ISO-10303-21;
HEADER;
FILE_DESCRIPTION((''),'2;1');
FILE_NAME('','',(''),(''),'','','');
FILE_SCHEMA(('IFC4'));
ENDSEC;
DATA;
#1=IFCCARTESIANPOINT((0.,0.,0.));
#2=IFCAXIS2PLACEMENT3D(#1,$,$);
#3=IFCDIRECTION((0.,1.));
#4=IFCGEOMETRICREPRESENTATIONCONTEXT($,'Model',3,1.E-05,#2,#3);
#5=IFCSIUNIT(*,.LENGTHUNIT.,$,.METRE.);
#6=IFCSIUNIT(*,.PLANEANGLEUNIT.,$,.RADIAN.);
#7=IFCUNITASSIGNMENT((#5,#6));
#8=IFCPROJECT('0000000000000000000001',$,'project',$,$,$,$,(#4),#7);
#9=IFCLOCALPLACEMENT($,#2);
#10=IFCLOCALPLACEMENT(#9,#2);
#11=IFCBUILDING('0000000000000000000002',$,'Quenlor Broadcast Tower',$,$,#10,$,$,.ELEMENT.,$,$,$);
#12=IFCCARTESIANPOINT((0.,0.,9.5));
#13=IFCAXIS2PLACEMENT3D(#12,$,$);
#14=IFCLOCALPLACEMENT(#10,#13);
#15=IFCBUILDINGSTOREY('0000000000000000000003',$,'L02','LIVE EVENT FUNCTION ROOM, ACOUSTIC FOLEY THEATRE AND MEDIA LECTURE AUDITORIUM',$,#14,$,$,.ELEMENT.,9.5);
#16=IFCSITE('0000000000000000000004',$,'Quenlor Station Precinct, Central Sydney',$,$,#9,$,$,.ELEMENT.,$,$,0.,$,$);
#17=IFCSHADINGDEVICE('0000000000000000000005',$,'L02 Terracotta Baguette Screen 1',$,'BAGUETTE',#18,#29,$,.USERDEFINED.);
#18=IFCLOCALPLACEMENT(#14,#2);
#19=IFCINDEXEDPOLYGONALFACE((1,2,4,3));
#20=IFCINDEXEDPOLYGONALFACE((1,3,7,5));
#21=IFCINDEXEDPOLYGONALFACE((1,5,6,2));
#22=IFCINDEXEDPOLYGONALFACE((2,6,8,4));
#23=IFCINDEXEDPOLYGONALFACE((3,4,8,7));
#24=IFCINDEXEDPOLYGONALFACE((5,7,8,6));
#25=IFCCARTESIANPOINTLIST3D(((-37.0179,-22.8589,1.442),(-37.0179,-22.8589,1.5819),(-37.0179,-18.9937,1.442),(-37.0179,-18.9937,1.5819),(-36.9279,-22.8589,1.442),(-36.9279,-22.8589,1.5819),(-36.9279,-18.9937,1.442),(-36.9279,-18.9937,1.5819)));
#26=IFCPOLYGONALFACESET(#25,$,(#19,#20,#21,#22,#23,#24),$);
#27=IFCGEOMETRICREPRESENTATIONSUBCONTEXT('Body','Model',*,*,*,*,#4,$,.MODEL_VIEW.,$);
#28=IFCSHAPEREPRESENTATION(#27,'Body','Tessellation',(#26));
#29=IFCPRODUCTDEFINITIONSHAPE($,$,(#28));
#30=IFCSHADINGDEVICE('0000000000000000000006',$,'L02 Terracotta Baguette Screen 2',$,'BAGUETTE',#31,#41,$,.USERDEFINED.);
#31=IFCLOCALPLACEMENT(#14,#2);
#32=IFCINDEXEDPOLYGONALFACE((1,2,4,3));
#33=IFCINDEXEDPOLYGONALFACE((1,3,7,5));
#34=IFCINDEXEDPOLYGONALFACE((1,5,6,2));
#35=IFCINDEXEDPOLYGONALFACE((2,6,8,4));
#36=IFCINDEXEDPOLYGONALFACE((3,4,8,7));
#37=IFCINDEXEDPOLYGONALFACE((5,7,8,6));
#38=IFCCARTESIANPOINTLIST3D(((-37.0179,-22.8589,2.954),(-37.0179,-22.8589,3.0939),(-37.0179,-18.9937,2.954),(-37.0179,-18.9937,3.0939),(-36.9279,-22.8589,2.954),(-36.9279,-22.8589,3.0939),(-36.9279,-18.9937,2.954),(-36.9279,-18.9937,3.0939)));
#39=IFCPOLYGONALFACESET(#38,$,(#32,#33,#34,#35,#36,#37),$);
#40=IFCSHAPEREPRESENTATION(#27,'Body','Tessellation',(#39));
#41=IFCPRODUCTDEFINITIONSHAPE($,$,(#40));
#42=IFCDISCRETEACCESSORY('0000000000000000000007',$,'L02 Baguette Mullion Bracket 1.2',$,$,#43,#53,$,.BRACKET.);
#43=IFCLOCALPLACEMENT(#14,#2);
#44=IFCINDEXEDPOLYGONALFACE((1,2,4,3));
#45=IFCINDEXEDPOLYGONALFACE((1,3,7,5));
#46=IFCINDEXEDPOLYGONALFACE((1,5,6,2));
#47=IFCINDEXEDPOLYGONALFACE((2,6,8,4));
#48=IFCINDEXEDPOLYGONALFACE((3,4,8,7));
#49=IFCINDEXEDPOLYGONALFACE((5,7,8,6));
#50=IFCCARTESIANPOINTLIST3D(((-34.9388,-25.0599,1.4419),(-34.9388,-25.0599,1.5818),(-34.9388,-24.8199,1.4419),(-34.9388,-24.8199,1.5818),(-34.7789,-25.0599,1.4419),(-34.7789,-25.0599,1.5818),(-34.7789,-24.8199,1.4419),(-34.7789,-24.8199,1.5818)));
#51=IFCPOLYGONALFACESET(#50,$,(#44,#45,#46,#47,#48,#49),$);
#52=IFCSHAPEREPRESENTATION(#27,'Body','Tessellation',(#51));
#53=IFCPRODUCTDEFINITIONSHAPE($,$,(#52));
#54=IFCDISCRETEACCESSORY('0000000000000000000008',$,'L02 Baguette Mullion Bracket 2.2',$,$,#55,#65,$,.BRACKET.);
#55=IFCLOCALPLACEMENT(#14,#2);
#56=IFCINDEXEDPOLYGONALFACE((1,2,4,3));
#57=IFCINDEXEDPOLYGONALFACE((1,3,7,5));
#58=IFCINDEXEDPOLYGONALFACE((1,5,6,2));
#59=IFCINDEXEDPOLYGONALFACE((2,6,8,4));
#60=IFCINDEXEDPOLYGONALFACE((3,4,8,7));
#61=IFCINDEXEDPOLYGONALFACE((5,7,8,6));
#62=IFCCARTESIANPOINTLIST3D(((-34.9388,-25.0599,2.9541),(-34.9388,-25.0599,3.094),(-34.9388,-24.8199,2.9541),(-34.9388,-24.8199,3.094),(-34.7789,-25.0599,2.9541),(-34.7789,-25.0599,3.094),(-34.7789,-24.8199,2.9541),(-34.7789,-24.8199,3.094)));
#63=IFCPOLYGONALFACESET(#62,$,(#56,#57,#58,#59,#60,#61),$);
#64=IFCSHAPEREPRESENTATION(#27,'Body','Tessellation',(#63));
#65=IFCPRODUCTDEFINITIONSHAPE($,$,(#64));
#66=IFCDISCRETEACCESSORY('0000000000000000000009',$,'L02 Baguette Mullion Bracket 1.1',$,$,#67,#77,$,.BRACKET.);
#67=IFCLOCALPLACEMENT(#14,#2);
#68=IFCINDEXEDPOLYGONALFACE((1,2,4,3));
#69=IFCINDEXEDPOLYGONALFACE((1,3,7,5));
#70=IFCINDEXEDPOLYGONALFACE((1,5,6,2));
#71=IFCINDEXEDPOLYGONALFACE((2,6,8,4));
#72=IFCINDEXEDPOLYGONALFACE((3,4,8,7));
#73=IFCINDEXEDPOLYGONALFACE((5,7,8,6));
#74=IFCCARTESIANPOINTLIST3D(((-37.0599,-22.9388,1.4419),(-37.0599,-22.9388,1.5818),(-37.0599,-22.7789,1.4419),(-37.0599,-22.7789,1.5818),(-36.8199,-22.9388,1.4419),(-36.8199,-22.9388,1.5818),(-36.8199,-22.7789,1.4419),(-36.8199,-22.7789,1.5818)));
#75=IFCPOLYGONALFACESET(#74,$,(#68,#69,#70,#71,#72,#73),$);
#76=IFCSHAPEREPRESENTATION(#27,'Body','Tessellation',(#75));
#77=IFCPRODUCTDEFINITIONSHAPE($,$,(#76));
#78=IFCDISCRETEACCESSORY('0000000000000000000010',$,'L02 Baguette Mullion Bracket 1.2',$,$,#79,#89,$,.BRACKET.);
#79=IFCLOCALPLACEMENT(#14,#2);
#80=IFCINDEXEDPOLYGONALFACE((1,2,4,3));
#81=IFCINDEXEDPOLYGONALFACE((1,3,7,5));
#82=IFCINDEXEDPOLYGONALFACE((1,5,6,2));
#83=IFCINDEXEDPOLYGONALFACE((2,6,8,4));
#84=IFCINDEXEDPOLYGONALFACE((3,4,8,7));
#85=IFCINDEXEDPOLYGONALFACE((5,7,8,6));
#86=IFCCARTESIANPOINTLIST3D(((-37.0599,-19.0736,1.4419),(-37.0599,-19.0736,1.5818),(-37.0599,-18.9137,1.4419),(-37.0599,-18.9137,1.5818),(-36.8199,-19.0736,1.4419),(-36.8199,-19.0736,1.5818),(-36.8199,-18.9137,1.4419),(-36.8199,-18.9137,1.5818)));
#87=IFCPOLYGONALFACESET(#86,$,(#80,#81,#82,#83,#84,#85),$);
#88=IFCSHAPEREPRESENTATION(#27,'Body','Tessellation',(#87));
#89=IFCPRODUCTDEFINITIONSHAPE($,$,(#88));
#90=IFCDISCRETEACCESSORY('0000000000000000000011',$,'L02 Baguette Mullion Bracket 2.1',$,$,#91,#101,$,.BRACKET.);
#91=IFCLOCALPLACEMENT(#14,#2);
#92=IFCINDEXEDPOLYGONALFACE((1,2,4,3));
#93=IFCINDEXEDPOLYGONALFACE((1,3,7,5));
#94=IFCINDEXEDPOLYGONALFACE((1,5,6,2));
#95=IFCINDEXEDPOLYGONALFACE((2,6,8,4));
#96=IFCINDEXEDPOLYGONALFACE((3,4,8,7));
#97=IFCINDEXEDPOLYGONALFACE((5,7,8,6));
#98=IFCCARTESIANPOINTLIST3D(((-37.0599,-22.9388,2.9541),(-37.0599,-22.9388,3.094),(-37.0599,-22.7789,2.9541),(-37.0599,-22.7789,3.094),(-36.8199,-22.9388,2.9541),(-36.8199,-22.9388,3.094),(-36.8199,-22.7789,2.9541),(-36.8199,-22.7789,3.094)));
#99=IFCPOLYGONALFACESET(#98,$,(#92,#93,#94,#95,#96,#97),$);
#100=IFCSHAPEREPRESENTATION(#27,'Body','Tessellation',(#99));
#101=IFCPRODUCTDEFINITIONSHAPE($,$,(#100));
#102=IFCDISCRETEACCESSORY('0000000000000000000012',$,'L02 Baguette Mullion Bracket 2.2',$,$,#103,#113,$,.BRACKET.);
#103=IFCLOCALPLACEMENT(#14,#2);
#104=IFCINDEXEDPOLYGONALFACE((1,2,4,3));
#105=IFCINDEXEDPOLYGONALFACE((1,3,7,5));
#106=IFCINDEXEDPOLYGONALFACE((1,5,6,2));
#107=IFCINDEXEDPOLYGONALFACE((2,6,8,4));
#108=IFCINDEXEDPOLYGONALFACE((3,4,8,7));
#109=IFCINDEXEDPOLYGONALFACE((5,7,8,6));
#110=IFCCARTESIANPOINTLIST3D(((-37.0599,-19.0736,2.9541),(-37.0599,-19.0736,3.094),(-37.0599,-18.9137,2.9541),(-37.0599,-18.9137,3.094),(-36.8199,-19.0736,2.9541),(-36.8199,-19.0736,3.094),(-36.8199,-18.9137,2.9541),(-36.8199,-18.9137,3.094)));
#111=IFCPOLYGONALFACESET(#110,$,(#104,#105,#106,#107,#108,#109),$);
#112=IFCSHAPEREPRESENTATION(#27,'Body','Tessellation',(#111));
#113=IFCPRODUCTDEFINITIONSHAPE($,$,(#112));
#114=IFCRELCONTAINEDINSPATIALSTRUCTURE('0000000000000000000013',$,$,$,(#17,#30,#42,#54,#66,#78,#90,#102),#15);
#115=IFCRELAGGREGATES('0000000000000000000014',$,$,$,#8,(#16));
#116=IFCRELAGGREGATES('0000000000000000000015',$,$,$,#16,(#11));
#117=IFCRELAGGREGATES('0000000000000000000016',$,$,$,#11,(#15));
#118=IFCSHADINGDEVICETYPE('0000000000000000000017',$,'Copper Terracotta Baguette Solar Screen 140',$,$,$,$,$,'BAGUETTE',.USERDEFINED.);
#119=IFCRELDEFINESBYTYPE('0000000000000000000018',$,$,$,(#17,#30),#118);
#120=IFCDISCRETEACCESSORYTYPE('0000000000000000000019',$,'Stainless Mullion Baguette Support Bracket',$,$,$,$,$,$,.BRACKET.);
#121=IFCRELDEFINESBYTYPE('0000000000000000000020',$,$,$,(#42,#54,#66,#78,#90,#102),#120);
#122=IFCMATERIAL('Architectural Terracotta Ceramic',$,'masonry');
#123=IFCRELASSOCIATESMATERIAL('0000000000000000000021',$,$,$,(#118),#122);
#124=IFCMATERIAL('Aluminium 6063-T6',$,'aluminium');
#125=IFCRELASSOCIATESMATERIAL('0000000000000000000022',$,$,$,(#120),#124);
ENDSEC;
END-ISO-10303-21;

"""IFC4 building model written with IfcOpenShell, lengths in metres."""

from ifc_helpers import new_model, si_unit, direction, frame, origin, origin_2d, place, context, subcontext, project, spatial, rectangle, extrude, material, material_profile, profile_set, type_object, element, save


model = new_model("IFC4")

# Units and contexts
model_context = context("Model", 3, precision=1e-05, world=origin(), true_north=direction((0.0, 1.0)))
body_context = subcontext(model_context, "Body", "Model", "MODEL_VIEW")
ifc_project = project(units=[si_unit("LENGTHUNIT", "METRE"), si_unit("PLANEANGLEUNIT", "RADIAN")], contexts=[model_context])

# Site, building, storey
site_placement = place(None, origin())
site = spatial("IfcSite", under=ifc_project, at=site_placement, Name="Quenlor Station Precinct, Central Sydney", CompositionType="ELEMENT", RefElevation=0.0)
building_placement = place(site_placement, origin())
building = spatial("IfcBuilding", under=site, at=building_placement, Name="Quenlor Broadcast Tower", CompositionType="ELEMENT")
storey_placement = place(building_placement, frame((0.0, 0.0, 9.5)))
storey = spatial("IfcBuildingStorey", under=building, at=storey_placement, Name="L02", Description="LIVE EVENT FUNCTION ROOM, ACOUSTIC FOLEY THEATRE AND MEDIA LECTURE AUDITORIUM", CompositionType="ELEMENT", Elevation=9.5)

# Shading devices
ifc_material_1 = material(Name="Architectural Terracotta Ceramic", Category="masonry")
ifc_material_profile_1 = material_profile(ifc_material_1, rectangle(XDim=0.0901, YDim=0.1399, at=origin_2d()))
ifc_profile_set_1 = profile_set([ifc_material_profile_1], Name="Architectural Terracotta Ceramic BAG90x140")
shading_device_type = type_object("IfcShadingDeviceType", Name="Copper Terracotta Baguette Solar Screen 140", ElementType="BAGUETTE", PredefinedType="USERDEFINED", material=ifc_profile_set_1)
for number, where, z_axis, x_axis, name in (
    (1, (-36.9729, -22.8589, 1.512), (0.0, 1.0, 0.0), (-1.0, 0.0, 0.0), "L02 Terracotta Baguette Screen 1"),
    (2, (-36.9729, -22.8589, 3.0239), (0.0, 1.0, 0.0), (-1.0, 0.0, 0.0), "L02 Terracotta Baguette Screen 2"),
):
    element("IfcShadingDevice", number, at=place(storey_placement, frame(where, z_axis=z_axis, x_axis=x_axis)), inside=storey, type_object=shading_device_type, Name=name, ObjectType="BAGUETTE", PredefinedType="USERDEFINED", context=body_context, shape_type="SweptSolid", body=[
        extrude(rectangle(XDim=0.0901, YDim=0.1399, at=origin_2d()), origin(), (0.0, 0.0, 1.0), 3.8652),
    ])

# Discrete accessories
ifc_material_2 = material(Name="Aluminium 6063-T6", Category="aluminium")
discrete_accessory_type = type_object("IfcDiscreteAccessoryType", Name="Stainless Mullion Baguette Support Bracket", PredefinedType="BRACKET", material=ifc_material_2)
for number, where, z_axis, x_axis, name in (
    (3, (-34.8589, -24.9399, 1.4419), (0.0, 0.0, 1.0), (-1.0, 0.0, 0.0), "L02 Baguette Mullion Bracket 1.2"),
    (4, (-34.8589, -24.9399, 2.9541), (0.0, 0.0, 1.0), (-1.0, 0.0, 0.0), "L02 Baguette Mullion Bracket 2.2"),
    (5, (-36.9399, -22.8589, 1.4419), (0.0, 0.0, 1.0), (0.0, 1.0, 0.0), "L02 Baguette Mullion Bracket 1.1"),
    (6, (-36.9399, -18.9937, 1.4419), (0.0, 0.0, 1.0), (0.0, 1.0, 0.0), "L02 Baguette Mullion Bracket 1.2"),
    (7, (-36.9399, -22.8589, 2.9541), (0.0, 0.0, 1.0), (0.0, 1.0, 0.0), "L02 Baguette Mullion Bracket 2.1"),
    (8, (-36.9399, -18.9937, 2.9541), (0.0, 0.0, 1.0), (0.0, 1.0, 0.0), "L02 Baguette Mullion Bracket 2.2"),
):
    element("IfcDiscreteAccessory", number, at=place(storey_placement, frame(where, z_axis=z_axis, x_axis=x_axis)), inside=storey, type_object=discrete_accessory_type, Name=name, PredefinedType="BRACKET", context=body_context, shape_type="SweptSolid", body=[
        extrude(rectangle(XDim=0.1599, YDim=0.24, at=origin_2d()), origin(), (0.0, 0.0, 1.0), 0.1399),
    ])

save(model, "model.ifc")
